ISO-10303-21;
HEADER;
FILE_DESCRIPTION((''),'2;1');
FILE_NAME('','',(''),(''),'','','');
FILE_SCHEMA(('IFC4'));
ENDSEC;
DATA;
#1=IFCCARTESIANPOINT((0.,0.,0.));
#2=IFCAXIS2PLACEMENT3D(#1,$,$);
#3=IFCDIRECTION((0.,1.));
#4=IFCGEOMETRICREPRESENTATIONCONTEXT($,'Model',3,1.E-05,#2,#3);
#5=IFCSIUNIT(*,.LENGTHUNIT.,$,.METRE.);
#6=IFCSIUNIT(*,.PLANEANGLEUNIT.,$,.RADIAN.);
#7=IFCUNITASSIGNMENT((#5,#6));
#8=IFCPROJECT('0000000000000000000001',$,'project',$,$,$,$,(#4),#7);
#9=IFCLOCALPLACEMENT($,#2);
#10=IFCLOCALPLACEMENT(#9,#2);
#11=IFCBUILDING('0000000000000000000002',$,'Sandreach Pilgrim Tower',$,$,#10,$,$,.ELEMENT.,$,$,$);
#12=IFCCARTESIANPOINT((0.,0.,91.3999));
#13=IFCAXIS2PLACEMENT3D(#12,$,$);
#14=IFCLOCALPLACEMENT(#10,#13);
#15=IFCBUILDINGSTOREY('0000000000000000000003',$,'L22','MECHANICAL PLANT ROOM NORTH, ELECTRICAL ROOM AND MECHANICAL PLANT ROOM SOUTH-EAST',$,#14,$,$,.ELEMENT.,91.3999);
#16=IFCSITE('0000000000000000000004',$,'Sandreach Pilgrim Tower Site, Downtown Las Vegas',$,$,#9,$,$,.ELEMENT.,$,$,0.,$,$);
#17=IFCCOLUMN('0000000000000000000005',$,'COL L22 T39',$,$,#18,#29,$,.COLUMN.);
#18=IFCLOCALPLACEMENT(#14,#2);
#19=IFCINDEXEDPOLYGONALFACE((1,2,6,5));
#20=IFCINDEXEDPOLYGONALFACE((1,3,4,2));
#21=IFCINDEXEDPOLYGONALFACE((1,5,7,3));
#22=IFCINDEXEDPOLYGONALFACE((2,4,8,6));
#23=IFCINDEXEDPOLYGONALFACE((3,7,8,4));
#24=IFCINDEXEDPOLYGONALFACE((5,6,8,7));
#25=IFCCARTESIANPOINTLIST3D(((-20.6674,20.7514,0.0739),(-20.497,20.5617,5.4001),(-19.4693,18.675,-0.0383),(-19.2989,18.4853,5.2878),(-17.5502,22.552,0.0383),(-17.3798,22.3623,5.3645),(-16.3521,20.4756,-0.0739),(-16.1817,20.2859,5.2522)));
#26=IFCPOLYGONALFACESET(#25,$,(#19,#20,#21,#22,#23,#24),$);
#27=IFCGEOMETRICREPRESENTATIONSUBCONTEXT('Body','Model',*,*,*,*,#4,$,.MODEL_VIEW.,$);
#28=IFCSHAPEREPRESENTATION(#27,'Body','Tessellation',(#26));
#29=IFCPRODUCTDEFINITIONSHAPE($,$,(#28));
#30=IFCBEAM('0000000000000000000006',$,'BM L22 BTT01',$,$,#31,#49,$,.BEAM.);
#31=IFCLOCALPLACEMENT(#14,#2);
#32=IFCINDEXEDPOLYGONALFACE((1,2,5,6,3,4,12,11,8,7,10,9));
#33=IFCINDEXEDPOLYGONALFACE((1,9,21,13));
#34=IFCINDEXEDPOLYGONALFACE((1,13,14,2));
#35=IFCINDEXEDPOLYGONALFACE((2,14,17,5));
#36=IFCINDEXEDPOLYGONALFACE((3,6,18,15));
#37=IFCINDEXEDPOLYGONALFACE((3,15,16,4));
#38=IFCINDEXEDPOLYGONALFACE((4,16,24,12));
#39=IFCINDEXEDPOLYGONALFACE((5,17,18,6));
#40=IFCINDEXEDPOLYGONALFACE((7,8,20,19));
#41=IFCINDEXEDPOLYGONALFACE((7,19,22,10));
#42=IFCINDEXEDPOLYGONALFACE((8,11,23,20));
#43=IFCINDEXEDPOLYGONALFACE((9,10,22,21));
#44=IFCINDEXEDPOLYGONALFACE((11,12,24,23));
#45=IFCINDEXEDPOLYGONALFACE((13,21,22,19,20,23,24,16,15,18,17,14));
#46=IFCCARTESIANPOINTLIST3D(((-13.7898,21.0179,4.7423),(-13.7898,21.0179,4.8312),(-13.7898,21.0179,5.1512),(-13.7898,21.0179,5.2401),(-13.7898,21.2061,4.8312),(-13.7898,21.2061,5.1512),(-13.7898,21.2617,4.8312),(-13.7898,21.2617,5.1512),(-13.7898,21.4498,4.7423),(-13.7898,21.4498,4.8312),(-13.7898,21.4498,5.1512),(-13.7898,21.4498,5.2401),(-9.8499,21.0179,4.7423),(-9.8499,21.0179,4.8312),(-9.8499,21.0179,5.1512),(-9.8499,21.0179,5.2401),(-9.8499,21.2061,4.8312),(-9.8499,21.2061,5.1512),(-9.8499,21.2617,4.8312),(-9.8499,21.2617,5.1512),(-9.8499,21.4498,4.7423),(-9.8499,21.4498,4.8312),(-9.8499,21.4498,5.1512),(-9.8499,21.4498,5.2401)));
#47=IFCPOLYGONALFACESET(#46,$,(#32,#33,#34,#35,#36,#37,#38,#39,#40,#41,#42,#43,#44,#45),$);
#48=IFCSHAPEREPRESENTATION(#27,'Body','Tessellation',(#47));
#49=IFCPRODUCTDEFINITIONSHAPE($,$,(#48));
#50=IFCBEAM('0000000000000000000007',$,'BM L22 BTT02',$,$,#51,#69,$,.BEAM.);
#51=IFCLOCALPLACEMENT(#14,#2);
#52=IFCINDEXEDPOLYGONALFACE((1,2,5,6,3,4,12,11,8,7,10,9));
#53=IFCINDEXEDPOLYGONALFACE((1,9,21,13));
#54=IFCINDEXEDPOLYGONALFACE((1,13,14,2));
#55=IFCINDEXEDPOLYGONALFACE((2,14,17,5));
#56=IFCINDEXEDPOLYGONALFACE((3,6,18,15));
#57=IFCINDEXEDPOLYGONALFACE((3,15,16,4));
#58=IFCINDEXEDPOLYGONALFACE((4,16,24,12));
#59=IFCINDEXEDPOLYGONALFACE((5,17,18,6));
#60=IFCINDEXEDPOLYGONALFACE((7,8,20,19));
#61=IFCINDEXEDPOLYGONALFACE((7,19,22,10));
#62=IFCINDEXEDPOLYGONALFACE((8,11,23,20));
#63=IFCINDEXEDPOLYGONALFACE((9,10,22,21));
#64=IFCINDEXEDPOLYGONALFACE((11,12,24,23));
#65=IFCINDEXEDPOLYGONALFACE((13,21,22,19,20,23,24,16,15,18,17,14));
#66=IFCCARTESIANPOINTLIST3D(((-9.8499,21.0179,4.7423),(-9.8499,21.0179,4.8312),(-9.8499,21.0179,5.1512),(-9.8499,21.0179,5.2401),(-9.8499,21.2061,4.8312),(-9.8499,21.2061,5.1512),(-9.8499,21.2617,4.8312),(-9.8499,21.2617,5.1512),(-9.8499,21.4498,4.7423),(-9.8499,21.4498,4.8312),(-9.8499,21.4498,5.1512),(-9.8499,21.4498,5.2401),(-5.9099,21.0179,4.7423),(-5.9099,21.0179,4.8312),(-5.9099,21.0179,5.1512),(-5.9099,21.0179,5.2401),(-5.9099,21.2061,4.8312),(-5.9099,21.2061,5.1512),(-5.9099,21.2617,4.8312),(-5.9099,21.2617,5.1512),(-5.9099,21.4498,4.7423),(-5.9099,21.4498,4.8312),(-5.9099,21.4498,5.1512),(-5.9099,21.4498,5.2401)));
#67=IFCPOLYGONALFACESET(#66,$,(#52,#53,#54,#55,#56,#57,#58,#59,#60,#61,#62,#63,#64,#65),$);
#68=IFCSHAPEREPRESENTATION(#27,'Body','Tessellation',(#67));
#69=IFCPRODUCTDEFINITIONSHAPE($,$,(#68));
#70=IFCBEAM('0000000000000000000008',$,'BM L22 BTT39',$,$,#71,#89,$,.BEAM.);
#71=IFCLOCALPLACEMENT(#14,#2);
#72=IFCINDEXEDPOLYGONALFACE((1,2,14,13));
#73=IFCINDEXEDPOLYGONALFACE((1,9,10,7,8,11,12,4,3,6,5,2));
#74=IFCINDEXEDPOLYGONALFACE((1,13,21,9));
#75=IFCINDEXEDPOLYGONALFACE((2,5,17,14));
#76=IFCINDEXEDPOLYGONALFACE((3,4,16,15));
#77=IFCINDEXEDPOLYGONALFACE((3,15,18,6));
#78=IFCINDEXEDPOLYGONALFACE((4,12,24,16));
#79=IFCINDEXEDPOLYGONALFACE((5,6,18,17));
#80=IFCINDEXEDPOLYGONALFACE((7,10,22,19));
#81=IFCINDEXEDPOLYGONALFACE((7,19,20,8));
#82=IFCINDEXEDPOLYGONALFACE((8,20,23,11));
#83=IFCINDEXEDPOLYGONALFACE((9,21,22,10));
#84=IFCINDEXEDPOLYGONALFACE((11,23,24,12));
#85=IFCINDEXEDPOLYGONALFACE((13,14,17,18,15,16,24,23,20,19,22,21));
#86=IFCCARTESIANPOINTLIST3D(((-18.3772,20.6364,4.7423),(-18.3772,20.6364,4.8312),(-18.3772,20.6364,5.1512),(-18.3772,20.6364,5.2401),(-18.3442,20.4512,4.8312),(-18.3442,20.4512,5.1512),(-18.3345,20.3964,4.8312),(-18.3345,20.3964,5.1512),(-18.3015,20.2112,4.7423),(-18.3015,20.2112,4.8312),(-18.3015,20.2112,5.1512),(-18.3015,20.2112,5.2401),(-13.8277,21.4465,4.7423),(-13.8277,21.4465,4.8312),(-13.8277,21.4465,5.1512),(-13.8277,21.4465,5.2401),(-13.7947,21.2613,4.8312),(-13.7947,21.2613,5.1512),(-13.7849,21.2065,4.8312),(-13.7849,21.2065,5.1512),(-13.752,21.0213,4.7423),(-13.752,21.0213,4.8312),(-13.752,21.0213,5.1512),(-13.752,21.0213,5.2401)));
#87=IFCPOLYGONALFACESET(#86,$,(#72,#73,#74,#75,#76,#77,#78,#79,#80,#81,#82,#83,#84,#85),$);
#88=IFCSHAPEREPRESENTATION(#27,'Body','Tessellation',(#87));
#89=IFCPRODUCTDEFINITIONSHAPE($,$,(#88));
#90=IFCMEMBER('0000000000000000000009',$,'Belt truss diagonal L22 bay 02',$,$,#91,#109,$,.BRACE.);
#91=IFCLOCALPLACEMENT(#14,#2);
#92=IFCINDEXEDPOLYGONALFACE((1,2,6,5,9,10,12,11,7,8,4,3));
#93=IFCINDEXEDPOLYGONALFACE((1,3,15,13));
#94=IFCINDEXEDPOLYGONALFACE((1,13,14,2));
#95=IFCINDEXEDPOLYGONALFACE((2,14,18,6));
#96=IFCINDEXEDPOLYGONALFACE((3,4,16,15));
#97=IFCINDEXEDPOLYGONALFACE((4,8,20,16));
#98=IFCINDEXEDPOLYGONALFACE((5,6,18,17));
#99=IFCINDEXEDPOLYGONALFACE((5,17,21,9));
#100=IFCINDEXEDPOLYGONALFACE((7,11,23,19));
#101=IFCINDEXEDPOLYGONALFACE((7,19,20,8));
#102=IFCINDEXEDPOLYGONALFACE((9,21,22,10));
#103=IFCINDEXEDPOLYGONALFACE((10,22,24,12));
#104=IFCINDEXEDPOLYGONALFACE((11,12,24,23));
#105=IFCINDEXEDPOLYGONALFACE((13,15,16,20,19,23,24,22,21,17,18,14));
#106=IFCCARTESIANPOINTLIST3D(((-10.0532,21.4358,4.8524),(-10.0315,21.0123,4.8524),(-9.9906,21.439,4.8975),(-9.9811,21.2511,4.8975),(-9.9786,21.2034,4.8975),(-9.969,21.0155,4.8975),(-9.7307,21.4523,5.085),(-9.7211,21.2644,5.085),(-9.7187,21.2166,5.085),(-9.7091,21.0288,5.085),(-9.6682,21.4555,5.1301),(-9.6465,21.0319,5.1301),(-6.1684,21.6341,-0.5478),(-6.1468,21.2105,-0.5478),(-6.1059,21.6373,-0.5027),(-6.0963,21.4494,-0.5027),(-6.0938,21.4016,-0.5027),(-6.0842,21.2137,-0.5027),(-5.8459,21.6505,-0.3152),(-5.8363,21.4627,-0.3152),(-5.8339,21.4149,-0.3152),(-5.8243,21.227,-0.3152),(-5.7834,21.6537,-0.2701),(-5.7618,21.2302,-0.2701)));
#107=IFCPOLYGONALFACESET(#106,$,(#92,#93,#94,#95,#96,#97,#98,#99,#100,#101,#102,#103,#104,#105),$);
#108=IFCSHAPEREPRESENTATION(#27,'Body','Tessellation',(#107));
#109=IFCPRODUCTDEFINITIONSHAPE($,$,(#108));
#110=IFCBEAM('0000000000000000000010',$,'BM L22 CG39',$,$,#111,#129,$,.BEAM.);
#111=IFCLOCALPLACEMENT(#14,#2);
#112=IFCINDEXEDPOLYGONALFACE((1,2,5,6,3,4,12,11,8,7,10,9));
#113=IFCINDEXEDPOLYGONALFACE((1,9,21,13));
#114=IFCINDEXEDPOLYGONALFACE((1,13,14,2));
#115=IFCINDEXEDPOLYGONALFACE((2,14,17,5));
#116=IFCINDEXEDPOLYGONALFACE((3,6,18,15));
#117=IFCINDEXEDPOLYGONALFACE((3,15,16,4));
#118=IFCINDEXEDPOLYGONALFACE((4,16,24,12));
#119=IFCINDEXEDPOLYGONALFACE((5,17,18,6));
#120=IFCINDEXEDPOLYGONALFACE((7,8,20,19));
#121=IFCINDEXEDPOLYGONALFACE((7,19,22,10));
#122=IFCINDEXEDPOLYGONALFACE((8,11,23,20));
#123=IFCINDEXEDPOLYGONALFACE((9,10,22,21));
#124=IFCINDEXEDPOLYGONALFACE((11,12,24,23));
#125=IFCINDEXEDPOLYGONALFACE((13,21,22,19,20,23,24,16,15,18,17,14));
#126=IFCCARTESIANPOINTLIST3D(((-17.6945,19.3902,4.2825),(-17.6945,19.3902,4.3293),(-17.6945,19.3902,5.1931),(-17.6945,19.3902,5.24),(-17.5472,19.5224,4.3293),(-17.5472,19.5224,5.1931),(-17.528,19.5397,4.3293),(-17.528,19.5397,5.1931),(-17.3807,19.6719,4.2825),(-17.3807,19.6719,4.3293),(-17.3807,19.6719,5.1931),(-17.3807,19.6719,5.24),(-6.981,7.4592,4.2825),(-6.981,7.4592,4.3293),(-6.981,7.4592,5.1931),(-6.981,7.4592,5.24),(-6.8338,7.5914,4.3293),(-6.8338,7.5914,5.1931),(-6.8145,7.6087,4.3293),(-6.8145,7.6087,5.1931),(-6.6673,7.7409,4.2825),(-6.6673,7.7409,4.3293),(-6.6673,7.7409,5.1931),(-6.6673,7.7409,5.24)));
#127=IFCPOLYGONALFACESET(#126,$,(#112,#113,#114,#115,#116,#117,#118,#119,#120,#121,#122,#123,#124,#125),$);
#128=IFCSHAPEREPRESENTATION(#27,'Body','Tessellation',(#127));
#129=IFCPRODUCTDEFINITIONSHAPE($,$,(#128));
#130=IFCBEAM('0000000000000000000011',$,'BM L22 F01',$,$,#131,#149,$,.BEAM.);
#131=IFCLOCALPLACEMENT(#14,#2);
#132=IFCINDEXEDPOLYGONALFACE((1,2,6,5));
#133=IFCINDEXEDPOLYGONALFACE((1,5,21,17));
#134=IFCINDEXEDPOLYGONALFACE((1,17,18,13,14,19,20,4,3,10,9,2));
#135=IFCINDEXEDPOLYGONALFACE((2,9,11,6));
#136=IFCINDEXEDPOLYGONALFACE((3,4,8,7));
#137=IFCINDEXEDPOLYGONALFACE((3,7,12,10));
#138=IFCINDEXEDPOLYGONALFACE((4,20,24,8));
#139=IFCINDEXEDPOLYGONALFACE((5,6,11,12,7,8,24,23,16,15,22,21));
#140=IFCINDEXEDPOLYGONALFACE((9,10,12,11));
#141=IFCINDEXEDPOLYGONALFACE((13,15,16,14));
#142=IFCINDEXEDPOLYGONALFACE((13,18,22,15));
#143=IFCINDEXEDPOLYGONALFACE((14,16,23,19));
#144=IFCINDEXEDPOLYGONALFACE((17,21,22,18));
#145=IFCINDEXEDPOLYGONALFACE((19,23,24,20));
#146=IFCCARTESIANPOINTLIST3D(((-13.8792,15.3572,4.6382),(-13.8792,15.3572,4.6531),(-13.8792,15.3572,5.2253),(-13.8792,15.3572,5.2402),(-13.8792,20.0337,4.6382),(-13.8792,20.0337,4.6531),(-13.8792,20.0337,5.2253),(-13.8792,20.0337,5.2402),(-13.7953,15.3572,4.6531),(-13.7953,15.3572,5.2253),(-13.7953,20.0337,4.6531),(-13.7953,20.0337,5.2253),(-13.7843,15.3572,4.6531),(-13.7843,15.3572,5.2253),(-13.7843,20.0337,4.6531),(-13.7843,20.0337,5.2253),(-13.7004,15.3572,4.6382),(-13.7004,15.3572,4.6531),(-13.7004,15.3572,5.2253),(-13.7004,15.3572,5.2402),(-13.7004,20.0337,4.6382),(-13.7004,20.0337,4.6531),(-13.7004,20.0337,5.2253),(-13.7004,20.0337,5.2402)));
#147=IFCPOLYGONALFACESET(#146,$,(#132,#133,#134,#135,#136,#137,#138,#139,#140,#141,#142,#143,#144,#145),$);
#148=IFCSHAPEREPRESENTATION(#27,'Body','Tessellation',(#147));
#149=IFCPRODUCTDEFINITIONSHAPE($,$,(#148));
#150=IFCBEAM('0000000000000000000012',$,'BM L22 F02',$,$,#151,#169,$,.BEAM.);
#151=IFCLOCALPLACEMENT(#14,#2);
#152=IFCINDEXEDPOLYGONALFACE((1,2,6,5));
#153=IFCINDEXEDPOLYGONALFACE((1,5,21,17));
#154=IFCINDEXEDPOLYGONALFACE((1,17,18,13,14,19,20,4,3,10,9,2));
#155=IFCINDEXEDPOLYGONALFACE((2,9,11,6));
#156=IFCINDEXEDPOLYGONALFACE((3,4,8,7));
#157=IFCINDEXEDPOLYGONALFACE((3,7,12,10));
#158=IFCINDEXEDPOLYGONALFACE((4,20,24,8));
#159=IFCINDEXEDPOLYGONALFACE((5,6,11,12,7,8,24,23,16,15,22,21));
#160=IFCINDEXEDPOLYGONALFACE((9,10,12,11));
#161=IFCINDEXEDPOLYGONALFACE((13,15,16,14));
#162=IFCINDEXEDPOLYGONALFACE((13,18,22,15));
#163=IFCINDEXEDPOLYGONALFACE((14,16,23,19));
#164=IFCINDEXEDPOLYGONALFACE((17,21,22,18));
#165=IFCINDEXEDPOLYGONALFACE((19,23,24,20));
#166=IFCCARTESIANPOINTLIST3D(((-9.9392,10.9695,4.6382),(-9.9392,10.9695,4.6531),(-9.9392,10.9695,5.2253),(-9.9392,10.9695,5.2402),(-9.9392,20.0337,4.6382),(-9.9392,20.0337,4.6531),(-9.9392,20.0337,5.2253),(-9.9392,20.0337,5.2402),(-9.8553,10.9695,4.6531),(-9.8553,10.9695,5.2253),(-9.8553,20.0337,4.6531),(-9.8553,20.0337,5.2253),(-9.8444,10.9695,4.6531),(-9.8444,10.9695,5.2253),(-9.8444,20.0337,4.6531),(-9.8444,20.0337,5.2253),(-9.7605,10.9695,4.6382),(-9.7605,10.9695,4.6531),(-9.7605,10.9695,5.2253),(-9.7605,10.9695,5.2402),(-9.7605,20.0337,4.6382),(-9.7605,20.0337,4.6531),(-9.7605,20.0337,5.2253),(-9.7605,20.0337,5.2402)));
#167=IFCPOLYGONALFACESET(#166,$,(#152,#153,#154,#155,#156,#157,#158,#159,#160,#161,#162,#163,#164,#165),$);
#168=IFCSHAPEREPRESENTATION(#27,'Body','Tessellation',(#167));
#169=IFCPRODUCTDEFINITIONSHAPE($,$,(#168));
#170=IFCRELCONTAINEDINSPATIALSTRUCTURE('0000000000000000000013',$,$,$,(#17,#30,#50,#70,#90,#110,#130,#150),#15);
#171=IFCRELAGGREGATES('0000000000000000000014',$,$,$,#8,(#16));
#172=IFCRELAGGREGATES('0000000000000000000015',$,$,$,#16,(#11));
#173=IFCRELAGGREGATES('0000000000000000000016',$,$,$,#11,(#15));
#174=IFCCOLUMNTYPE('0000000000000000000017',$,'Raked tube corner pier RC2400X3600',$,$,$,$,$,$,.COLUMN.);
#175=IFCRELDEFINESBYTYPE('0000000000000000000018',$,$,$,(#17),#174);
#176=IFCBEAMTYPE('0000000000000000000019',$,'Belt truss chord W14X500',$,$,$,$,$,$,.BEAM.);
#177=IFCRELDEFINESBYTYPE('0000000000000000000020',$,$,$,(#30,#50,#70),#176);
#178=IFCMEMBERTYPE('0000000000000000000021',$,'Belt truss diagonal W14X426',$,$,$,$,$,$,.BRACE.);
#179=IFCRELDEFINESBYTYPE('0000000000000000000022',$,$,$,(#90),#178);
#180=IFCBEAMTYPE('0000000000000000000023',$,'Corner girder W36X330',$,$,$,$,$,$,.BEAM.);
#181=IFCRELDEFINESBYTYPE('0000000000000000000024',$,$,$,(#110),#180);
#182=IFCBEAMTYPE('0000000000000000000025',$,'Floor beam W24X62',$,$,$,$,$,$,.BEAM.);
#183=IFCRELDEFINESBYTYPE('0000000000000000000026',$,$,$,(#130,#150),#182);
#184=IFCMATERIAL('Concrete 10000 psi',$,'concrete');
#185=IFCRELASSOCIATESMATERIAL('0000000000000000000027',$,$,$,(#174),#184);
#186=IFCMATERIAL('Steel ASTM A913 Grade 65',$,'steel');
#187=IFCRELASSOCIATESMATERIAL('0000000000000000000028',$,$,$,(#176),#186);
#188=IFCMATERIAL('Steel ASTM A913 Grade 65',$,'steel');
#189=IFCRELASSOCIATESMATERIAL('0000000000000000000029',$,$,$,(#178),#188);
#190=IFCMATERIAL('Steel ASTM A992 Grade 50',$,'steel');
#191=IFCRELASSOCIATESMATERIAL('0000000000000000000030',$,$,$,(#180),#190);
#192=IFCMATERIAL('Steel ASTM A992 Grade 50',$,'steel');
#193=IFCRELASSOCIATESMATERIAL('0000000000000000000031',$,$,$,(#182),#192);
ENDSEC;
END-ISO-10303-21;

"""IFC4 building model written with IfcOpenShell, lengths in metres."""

from ifc_helpers import new_model, si_unit, direction, frame, origin, origin_2d, place, context, subcontext, project, spatial, rectangle, i_section, extrude, material, material_profile, profile_set, type_object, element, save


model = new_model("IFC4")

# Units and contexts
model_context = context("Model", 3, precision=1e-05, world=origin(), true_north=direction((0.0, 1.0)))
body_context = subcontext(model_context, "Body", "Model", "MODEL_VIEW")
ifc_project = project(units=[si_unit("LENGTHUNIT", "METRE"), si_unit("PLANEANGLEUNIT", "RADIAN")], contexts=[model_context])

# Site, building, storey
site_placement = place(None, origin())
site = spatial("IfcSite", under=ifc_project, at=site_placement, Name="Sandreach Pilgrim Tower Site, Downtown Las Vegas", CompositionType="ELEMENT", RefElevation=0.0)
building_placement = place(site_placement, origin())
building = spatial("IfcBuilding", under=site, at=building_placement, Name="Sandreach Pilgrim Tower", CompositionType="ELEMENT")
storey_placement = place(building_placement, frame((0.0, 0.0, 91.3999)))
storey = spatial("IfcBuildingStorey", under=building, at=storey_placement, Name="L22", Description="MECHANICAL PLANT ROOM NORTH, ELECTRICAL ROOM AND MECHANICAL PLANT ROOM SOUTH-EAST", CompositionType="ELEMENT", Elevation=91.3999)

# Column
ifc_material_1 = material(Name="Concrete 10000 psi", Category="concrete")
ifc_material_profile_1 = material_profile(ifc_material_1, rectangle(XDim=2.3999, YDim=3.6001, at=origin_2d()), Name="RC2400X3600")
ifc_profile_set_1 = profile_set([ifc_material_profile_1], Name="Concrete 10000 psi")
column_type = type_object("IfcColumnType", Name="Raked tube corner pier RC2400X3600", PredefinedType="COLUMN", material=ifc_profile_set_1)
column_placement = place(storey_placement, frame((-18.5098, 20.6135, 0.0), z_axis=(0.031958, -0.035575, 0.998856), x_axis=(-0.499237, 0.865201, 0.046788)))
element("IfcColumn", 1, at=column_placement, inside=storey, type_object=column_type, Name="COL L22 T39", PredefinedType="COLUMN", context=body_context, shape_type="SweptSolid", body=[
    extrude(rectangle(XDim=2.3999, YDim=3.6001, at=origin_2d()), origin(), (0.0, 0.0, 1.0), 5.3323),
])

# Beams
ifc_material_2 = material(Name="Steel ASTM A913 Grade 65", Category="steel")
ifc_material_profile_2 = material_profile(ifc_material_2, i_section(OverallWidth=0.4319, OverallDepth=0.4978, WebThickness=0.0557, FlangeThickness=0.0889, at=origin_2d()), Name="W14X500")
ifc_profile_set_2 = profile_set([ifc_material_profile_2], Name="Steel ASTM A913 Grade 65")
beam_type_1 = type_object("IfcBeamType", Name="Belt truss chord W14X500", PredefinedType="BEAM", material=ifc_profile_set_2)
for number, where, z_axis, x_axis, name in (
    (2, (-13.7898, 21.2339, 4.9912), (1.0, 0.0, 0.0), (0.0, 1.0, 0.0), "BM L22 BTT01"),
    (3, (-9.8499, 21.2339, 4.9912), (1.0, 0.0, 0.0), (0.0, 1.0, 0.0), "BM L22 BTT02"),
):
    element("IfcBeam", number, at=place(storey_placement, frame(where, z_axis=z_axis, x_axis=x_axis)), inside=storey, type_object=beam_type_1, Name=name, PredefinedType="BEAM", context=body_context, shape_type="SweptSolid", body=[
        extrude(i_section(OverallWidth=0.4319, OverallDepth=0.4978, WebThickness=0.0557, FlangeThickness=0.0889, at=origin_2d()), origin(), (0.0, 0.0, 1.0), 3.9399),
    ])
beam_1_placement = place(storey_placement, frame((-18.3394, 20.4238, 4.9912), z_axis=(0.984516, 0.175295, 0.0), x_axis=(-0.175295, 0.984516, 0.0)))
element("IfcBeam", 4, at=beam_1_placement, inside=storey, type_object=beam_type_1, Name="BM L22 BTT39", PredefinedType="BEAM", context=body_context, shape_type="SweptSolid", body=[
    extrude(i_section(OverallWidth=0.4319, OverallDepth=0.4978, WebThickness=0.0557, FlangeThickness=0.0889, at=origin_2d()), origin(), (0.0, 0.0, 1.0), 4.6211),
])

# Member
ifc_material_3 = material(Name="Steel ASTM A913 Grade 65", Category="steel")
ifc_material_profile_3 = material_profile(ifc_material_3, i_section(OverallWidth=0.4241, OverallDepth=0.4751, WebThickness=0.0479, FlangeThickness=0.0771, at=origin_2d()), Name="W14X426")
ifc_profile_set_3 = profile_set([ifc_material_profile_3], Name="Steel ASTM A913 Grade 65")
member_type = type_object("IfcMemberType", Name="Belt truss diagonal W14X426", PredefinedType="BRACE", material=ifc_profile_set_3)
member_placement = place(storey_placement, frame((-9.8499, 21.2339, 4.9912), z_axis=(0.583715, 0.029787, -0.811412), x_axis=(-0.050964, 0.9987, 0.0)))
element("IfcMember", 5, at=member_placement, inside=storey, type_object=member_type, Name="Belt truss diagonal L22 bay 02", PredefinedType="BRACE", context=body_context, shape_type="SweptSolid", body=[
    extrude(i_section(OverallWidth=0.4241, OverallDepth=0.4751, WebThickness=0.0479, FlangeThickness=0.0771, at=origin_2d()), origin(), (0.0, 0.0, 1.0), 6.6553),
])

# Beams
ifc_material_4 = material(Name="Steel ASTM A992 Grade 50", Category="steel")
ifc_material_profile_4 = material_profile(ifc_material_4, i_section(OverallWidth=0.4216, OverallDepth=0.9575, WebThickness=0.0259, FlangeThickness=0.0469, at=origin_2d()), Name="W36X330")
ifc_profile_set_4 = profile_set([ifc_material_profile_4], Name="Steel ASTM A992 Grade 50")
beam_type_2 = type_object("IfcBeamType", Name="Corner girder W36X330", PredefinedType="BEAM", material=ifc_profile_set_4)
beam_2_placement = place(storey_placement, frame((-17.5376, 19.531, 4.7612), z_axis=(0.668122, -0.744051, 0.0), x_axis=(0.744051, 0.668122, 0.0)))
element("IfcBeam", 6, at=beam_2_placement, inside=storey, type_object=beam_type_2, Name="BM L22 CG39", PredefinedType="BEAM", context=body_context, shape_type="SweptSolid", body=[
    extrude(i_section(OverallWidth=0.4216, OverallDepth=0.9575, WebThickness=0.0259, FlangeThickness=0.0469, at=origin_2d()), origin(), (0.0, 0.0, 1.0), 16.0352),
])
ifc_material_5 = material(Name="Steel ASTM A992 Grade 50", Category="steel")
ifc_material_profile_5 = material_profile(ifc_material_5, i_section(OverallWidth=0.1787, OverallDepth=0.6021, WebThickness=0.011, FlangeThickness=0.0149, at=origin_2d()), Name="W24X62")
ifc_profile_set_5 = profile_set([ifc_material_profile_5], Name="Steel ASTM A992 Grade 50")
beam_type_3 = type_object("IfcBeamType", Name="Floor beam W24X62", PredefinedType="BEAM", material=ifc_profile_set_5)
beam_3_placement = place(storey_placement, frame((-13.7898, 20.0337, 4.9392), z_axis=(0.0, -1.0, 0.0), x_axis=(1.0, 0.0, 0.0)))
element("IfcBeam", 7, at=beam_3_placement, inside=storey, type_object=beam_type_3, Name="BM L22 F01", PredefinedType="BEAM", context=body_context, shape_type="SweptSolid", body=[
    extrude(i_section(OverallWidth=0.1787, OverallDepth=0.6021, WebThickness=0.011, FlangeThickness=0.0149, at=origin_2d()), origin(), (0.0, 0.0, 1.0), 4.6765),
])
beam_4_placement = place(storey_placement, frame((-9.8499, 20.0337, 4.9392), z_axis=(0.0, -1.0, 0.0), x_axis=(1.0, 0.0, 0.0)))
element("IfcBeam", 8, at=beam_4_placement, inside=storey, type_object=beam_type_3, Name="BM L22 F02", PredefinedType="BEAM", context=body_context, shape_type="SweptSolid", body=[
    extrude(i_section(OverallWidth=0.1787, OverallDepth=0.6021, WebThickness=0.011, FlangeThickness=0.0149, at=origin_2d()), origin(), (0.0, 0.0, 1.0), 9.0642),
])

save(model, "model.ifc")
